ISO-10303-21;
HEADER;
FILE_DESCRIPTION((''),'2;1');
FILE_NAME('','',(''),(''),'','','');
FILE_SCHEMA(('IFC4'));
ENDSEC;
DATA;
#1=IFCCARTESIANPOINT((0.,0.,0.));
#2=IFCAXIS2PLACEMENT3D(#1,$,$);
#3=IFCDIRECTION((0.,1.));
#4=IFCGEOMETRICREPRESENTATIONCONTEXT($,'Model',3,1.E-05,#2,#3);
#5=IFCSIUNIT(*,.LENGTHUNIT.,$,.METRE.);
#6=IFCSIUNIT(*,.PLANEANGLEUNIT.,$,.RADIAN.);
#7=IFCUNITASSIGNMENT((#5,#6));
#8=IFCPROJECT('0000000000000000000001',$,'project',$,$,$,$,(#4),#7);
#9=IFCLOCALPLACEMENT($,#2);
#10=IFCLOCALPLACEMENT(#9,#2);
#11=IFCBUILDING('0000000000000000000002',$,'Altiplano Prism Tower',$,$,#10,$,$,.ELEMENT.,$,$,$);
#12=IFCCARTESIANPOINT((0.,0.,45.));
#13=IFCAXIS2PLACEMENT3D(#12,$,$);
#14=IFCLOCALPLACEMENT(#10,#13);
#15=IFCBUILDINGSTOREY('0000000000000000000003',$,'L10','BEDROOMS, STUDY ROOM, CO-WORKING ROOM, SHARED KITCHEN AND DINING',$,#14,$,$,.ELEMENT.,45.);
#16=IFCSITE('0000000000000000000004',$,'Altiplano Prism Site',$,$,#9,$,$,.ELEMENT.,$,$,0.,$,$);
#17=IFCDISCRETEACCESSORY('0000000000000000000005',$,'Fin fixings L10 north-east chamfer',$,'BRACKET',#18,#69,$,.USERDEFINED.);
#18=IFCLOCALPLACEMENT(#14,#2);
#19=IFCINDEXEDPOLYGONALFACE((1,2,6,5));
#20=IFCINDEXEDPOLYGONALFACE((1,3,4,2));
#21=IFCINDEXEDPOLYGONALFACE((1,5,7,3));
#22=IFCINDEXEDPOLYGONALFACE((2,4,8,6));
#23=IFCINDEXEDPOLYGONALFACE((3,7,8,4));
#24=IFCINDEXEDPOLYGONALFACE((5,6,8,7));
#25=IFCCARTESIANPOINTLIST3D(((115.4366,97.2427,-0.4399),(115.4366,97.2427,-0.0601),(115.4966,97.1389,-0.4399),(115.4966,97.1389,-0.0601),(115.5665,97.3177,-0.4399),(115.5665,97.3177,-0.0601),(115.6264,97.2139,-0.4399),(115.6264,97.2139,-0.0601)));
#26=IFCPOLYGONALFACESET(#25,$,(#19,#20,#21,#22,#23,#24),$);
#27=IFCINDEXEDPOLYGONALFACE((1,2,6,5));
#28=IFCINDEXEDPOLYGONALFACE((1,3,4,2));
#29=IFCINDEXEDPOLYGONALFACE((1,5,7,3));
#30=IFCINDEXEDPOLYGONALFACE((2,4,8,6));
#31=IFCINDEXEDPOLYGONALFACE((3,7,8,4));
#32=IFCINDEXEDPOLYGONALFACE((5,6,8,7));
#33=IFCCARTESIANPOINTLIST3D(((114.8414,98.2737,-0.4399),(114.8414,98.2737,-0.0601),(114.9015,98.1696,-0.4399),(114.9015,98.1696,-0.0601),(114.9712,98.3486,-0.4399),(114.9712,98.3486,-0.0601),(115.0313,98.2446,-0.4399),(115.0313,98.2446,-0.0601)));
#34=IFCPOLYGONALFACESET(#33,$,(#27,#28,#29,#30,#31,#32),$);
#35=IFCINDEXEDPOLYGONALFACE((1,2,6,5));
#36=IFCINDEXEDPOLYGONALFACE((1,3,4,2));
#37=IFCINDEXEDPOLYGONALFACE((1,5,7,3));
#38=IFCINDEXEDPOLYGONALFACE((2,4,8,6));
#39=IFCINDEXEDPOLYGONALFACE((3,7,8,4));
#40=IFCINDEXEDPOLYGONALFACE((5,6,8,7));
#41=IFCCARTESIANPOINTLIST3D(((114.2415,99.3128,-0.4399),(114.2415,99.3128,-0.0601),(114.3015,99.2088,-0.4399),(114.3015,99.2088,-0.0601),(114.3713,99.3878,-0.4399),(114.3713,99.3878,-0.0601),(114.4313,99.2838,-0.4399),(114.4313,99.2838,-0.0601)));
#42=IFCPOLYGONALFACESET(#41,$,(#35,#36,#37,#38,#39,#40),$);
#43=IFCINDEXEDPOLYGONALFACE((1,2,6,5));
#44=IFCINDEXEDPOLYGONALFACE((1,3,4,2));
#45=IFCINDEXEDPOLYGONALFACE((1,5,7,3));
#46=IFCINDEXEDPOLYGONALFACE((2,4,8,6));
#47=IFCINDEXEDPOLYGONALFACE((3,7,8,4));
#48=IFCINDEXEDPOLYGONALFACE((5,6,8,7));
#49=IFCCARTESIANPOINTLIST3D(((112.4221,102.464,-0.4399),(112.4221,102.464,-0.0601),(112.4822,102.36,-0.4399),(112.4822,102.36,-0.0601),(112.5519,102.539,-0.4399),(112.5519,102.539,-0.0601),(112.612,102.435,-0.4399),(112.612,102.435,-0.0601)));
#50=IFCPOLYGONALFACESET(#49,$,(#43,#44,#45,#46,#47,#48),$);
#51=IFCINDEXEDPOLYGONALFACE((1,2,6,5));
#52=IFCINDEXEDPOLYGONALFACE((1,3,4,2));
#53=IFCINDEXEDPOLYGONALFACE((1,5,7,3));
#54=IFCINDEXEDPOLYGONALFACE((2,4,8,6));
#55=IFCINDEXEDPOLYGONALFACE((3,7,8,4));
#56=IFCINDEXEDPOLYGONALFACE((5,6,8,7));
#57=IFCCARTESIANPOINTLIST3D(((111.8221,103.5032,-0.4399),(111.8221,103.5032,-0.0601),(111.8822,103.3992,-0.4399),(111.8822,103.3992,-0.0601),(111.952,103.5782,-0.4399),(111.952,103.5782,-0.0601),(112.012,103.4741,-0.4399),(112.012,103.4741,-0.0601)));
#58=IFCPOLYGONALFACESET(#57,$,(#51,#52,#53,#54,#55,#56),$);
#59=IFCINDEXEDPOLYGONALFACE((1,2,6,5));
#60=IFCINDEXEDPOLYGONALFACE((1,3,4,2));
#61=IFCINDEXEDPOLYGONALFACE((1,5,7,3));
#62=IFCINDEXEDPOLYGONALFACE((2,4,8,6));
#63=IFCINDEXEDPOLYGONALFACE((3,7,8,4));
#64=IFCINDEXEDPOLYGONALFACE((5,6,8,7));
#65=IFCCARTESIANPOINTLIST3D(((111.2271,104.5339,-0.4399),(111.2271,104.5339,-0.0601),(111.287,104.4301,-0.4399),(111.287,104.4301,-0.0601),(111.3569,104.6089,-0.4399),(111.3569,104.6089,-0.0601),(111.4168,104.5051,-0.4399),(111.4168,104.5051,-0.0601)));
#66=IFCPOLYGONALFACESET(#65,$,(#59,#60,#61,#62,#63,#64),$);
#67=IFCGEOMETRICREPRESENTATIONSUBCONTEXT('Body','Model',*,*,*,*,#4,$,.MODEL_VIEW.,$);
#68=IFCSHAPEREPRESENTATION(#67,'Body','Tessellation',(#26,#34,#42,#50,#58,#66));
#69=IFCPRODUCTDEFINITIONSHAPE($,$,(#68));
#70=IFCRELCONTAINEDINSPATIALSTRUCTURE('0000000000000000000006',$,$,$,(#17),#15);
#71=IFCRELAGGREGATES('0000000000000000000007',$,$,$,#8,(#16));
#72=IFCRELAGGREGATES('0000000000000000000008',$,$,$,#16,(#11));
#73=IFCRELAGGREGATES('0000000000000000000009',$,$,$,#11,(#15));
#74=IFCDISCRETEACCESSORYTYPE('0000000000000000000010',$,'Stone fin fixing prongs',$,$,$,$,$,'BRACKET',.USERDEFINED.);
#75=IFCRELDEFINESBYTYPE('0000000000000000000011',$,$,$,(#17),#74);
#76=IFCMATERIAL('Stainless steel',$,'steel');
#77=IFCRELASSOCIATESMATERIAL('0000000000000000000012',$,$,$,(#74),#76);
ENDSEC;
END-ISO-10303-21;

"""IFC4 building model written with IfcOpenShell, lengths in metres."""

from ifc_helpers import new_model, si_unit, direction, frame, origin, place, context, subcontext, project, spatial, polyline, outline, extrude, source, transform, mapped, material, type_object, element, save


model = new_model("IFC4")

# Units and contexts
model_context = context("Model", 3, precision=1e-05, world=origin(), true_north=direction((0.0, 1.0)))
body_context = subcontext(model_context, "Body", "Model", "MODEL_VIEW")
ifc_project = project(units=[si_unit("LENGTHUNIT", "METRE"), si_unit("PLANEANGLEUNIT", "RADIAN")], contexts=[model_context])

# Site, building, storey
site_placement = place(None, origin())
site = spatial("IfcSite", under=ifc_project, at=site_placement, Name="Altiplano Prism Site", CompositionType="ELEMENT", RefElevation=0.0)
building_placement = place(site_placement, origin())
building = spatial("IfcBuilding", under=site, at=building_placement, Name="Altiplano Prism Tower", CompositionType="ELEMENT")
storey_placement = place(building_placement, frame((0.0, 0.0, 45.0)))
storey = spatial("IfcBuildingStorey", under=building, at=storey_placement, Name="L10", Description="BEDROOMS, STUDY ROOM, CO-WORKING ROOM, SHARED KITCHEN AND DINING", CompositionType="ELEMENT", Elevation=45.0)

# Discrete accessory
ifc_material_1 = material(Name="Stainless steel", Category="steel")
discrete_accessory_type = type_object("IfcDiscreteAccessoryType", Name="Stone fin fixing prongs", ElementType="BRACKET", PredefinedType="USERDEFINED", material=ifc_material_1)
shared_shape_1 = source(origin(), body_context, "Body", "SweptSolid", [
    extrude(outline(polyline([(-4.2695, 0.0601), (-4.1497, 0.0601), (-4.1497, 0.4399), (-4.2695, 0.4399), (-4.2695, 0.0601)])), frame((0.0, 0.0, 0.0), z_axis=(0.0, -1.0, 0.0), x_axis=(1.0, 0.0, 0.0)), (0.0, 0.0, 1.0), 0.1499),
    extrude(outline(polyline([(-3.0793, 0.0601), (-2.9592, 0.0601), (-2.9592, 0.4399), (-3.0793, 0.4399), (-3.0793, 0.0601)])), frame((0.0, 0.0, 0.0), z_axis=(0.0, -1.0, 0.0), x_axis=(1.0, 0.0, 0.0)), (0.0, 0.0, 1.0), 0.1499),
    extrude(outline(polyline([(-1.8794, 0.0601), (-1.7593, 0.0601), (-1.7593, 0.4399), (-1.8794, 0.4399), (-1.8794, 0.0601)])), frame((0.0, 0.0, 0.0), z_axis=(0.0, -1.0, 0.0), x_axis=(1.0, 0.0, 0.0)), (0.0, 0.0, 1.0), 0.1499),
    extrude(outline(polyline([(1.7593, 0.0601), (1.8794, 0.0601), (1.8794, 0.4399), (1.7593, 0.4399), (1.7593, 0.0601)])), frame((0.0, 0.0, 0.0), z_axis=(0.0, -1.0, 0.0), x_axis=(1.0, 0.0, 0.0)), (0.0, 0.0, 1.0), 0.1499),
    extrude(outline(polyline([(2.9592, 0.0601), (3.0793, 0.0601), (3.0793, 0.4399), (2.9592, 0.4399), (2.9592, 0.0601)])), frame((0.0, 0.0, 0.0), z_axis=(0.0, -1.0, 0.0), x_axis=(1.0, 0.0, 0.0)), (0.0, 0.0, 1.0), 0.1499),
    extrude(outline(polyline([(4.1497, 0.0601), (4.2695, 0.0601), (4.2695, 0.4399), (4.1497, 0.4399), (4.1497, 0.0601)])), frame((0.0, 0.0, 0.0), z_axis=(0.0, -1.0, 0.0), x_axis=(1.0, 0.0, 0.0)), (0.0, 0.0, 1.0), 0.1499),
])
discrete_accessory_1_placement = place(storey_placement, origin())
element("IfcDiscreteAccessory", 1, at=discrete_accessory_1_placement, inside=storey, type_object=discrete_accessory_type, Name="Fin fixings L10 north-east chamfer", ObjectType="BRACKET", PredefinedType="USERDEFINED", context=body_context, shape_type="MappedRepresentation", body=[
    mapped(shared_shape_1, transform((113.3618, 100.8364, -0.5), x_axis=(-0.5, 0.866025, 0.0), y_axis=(-0.866025, -0.5, 0.0), z_axis=(0.0, 0.0, 1.0))),
])

save(model, "model.ifc")
